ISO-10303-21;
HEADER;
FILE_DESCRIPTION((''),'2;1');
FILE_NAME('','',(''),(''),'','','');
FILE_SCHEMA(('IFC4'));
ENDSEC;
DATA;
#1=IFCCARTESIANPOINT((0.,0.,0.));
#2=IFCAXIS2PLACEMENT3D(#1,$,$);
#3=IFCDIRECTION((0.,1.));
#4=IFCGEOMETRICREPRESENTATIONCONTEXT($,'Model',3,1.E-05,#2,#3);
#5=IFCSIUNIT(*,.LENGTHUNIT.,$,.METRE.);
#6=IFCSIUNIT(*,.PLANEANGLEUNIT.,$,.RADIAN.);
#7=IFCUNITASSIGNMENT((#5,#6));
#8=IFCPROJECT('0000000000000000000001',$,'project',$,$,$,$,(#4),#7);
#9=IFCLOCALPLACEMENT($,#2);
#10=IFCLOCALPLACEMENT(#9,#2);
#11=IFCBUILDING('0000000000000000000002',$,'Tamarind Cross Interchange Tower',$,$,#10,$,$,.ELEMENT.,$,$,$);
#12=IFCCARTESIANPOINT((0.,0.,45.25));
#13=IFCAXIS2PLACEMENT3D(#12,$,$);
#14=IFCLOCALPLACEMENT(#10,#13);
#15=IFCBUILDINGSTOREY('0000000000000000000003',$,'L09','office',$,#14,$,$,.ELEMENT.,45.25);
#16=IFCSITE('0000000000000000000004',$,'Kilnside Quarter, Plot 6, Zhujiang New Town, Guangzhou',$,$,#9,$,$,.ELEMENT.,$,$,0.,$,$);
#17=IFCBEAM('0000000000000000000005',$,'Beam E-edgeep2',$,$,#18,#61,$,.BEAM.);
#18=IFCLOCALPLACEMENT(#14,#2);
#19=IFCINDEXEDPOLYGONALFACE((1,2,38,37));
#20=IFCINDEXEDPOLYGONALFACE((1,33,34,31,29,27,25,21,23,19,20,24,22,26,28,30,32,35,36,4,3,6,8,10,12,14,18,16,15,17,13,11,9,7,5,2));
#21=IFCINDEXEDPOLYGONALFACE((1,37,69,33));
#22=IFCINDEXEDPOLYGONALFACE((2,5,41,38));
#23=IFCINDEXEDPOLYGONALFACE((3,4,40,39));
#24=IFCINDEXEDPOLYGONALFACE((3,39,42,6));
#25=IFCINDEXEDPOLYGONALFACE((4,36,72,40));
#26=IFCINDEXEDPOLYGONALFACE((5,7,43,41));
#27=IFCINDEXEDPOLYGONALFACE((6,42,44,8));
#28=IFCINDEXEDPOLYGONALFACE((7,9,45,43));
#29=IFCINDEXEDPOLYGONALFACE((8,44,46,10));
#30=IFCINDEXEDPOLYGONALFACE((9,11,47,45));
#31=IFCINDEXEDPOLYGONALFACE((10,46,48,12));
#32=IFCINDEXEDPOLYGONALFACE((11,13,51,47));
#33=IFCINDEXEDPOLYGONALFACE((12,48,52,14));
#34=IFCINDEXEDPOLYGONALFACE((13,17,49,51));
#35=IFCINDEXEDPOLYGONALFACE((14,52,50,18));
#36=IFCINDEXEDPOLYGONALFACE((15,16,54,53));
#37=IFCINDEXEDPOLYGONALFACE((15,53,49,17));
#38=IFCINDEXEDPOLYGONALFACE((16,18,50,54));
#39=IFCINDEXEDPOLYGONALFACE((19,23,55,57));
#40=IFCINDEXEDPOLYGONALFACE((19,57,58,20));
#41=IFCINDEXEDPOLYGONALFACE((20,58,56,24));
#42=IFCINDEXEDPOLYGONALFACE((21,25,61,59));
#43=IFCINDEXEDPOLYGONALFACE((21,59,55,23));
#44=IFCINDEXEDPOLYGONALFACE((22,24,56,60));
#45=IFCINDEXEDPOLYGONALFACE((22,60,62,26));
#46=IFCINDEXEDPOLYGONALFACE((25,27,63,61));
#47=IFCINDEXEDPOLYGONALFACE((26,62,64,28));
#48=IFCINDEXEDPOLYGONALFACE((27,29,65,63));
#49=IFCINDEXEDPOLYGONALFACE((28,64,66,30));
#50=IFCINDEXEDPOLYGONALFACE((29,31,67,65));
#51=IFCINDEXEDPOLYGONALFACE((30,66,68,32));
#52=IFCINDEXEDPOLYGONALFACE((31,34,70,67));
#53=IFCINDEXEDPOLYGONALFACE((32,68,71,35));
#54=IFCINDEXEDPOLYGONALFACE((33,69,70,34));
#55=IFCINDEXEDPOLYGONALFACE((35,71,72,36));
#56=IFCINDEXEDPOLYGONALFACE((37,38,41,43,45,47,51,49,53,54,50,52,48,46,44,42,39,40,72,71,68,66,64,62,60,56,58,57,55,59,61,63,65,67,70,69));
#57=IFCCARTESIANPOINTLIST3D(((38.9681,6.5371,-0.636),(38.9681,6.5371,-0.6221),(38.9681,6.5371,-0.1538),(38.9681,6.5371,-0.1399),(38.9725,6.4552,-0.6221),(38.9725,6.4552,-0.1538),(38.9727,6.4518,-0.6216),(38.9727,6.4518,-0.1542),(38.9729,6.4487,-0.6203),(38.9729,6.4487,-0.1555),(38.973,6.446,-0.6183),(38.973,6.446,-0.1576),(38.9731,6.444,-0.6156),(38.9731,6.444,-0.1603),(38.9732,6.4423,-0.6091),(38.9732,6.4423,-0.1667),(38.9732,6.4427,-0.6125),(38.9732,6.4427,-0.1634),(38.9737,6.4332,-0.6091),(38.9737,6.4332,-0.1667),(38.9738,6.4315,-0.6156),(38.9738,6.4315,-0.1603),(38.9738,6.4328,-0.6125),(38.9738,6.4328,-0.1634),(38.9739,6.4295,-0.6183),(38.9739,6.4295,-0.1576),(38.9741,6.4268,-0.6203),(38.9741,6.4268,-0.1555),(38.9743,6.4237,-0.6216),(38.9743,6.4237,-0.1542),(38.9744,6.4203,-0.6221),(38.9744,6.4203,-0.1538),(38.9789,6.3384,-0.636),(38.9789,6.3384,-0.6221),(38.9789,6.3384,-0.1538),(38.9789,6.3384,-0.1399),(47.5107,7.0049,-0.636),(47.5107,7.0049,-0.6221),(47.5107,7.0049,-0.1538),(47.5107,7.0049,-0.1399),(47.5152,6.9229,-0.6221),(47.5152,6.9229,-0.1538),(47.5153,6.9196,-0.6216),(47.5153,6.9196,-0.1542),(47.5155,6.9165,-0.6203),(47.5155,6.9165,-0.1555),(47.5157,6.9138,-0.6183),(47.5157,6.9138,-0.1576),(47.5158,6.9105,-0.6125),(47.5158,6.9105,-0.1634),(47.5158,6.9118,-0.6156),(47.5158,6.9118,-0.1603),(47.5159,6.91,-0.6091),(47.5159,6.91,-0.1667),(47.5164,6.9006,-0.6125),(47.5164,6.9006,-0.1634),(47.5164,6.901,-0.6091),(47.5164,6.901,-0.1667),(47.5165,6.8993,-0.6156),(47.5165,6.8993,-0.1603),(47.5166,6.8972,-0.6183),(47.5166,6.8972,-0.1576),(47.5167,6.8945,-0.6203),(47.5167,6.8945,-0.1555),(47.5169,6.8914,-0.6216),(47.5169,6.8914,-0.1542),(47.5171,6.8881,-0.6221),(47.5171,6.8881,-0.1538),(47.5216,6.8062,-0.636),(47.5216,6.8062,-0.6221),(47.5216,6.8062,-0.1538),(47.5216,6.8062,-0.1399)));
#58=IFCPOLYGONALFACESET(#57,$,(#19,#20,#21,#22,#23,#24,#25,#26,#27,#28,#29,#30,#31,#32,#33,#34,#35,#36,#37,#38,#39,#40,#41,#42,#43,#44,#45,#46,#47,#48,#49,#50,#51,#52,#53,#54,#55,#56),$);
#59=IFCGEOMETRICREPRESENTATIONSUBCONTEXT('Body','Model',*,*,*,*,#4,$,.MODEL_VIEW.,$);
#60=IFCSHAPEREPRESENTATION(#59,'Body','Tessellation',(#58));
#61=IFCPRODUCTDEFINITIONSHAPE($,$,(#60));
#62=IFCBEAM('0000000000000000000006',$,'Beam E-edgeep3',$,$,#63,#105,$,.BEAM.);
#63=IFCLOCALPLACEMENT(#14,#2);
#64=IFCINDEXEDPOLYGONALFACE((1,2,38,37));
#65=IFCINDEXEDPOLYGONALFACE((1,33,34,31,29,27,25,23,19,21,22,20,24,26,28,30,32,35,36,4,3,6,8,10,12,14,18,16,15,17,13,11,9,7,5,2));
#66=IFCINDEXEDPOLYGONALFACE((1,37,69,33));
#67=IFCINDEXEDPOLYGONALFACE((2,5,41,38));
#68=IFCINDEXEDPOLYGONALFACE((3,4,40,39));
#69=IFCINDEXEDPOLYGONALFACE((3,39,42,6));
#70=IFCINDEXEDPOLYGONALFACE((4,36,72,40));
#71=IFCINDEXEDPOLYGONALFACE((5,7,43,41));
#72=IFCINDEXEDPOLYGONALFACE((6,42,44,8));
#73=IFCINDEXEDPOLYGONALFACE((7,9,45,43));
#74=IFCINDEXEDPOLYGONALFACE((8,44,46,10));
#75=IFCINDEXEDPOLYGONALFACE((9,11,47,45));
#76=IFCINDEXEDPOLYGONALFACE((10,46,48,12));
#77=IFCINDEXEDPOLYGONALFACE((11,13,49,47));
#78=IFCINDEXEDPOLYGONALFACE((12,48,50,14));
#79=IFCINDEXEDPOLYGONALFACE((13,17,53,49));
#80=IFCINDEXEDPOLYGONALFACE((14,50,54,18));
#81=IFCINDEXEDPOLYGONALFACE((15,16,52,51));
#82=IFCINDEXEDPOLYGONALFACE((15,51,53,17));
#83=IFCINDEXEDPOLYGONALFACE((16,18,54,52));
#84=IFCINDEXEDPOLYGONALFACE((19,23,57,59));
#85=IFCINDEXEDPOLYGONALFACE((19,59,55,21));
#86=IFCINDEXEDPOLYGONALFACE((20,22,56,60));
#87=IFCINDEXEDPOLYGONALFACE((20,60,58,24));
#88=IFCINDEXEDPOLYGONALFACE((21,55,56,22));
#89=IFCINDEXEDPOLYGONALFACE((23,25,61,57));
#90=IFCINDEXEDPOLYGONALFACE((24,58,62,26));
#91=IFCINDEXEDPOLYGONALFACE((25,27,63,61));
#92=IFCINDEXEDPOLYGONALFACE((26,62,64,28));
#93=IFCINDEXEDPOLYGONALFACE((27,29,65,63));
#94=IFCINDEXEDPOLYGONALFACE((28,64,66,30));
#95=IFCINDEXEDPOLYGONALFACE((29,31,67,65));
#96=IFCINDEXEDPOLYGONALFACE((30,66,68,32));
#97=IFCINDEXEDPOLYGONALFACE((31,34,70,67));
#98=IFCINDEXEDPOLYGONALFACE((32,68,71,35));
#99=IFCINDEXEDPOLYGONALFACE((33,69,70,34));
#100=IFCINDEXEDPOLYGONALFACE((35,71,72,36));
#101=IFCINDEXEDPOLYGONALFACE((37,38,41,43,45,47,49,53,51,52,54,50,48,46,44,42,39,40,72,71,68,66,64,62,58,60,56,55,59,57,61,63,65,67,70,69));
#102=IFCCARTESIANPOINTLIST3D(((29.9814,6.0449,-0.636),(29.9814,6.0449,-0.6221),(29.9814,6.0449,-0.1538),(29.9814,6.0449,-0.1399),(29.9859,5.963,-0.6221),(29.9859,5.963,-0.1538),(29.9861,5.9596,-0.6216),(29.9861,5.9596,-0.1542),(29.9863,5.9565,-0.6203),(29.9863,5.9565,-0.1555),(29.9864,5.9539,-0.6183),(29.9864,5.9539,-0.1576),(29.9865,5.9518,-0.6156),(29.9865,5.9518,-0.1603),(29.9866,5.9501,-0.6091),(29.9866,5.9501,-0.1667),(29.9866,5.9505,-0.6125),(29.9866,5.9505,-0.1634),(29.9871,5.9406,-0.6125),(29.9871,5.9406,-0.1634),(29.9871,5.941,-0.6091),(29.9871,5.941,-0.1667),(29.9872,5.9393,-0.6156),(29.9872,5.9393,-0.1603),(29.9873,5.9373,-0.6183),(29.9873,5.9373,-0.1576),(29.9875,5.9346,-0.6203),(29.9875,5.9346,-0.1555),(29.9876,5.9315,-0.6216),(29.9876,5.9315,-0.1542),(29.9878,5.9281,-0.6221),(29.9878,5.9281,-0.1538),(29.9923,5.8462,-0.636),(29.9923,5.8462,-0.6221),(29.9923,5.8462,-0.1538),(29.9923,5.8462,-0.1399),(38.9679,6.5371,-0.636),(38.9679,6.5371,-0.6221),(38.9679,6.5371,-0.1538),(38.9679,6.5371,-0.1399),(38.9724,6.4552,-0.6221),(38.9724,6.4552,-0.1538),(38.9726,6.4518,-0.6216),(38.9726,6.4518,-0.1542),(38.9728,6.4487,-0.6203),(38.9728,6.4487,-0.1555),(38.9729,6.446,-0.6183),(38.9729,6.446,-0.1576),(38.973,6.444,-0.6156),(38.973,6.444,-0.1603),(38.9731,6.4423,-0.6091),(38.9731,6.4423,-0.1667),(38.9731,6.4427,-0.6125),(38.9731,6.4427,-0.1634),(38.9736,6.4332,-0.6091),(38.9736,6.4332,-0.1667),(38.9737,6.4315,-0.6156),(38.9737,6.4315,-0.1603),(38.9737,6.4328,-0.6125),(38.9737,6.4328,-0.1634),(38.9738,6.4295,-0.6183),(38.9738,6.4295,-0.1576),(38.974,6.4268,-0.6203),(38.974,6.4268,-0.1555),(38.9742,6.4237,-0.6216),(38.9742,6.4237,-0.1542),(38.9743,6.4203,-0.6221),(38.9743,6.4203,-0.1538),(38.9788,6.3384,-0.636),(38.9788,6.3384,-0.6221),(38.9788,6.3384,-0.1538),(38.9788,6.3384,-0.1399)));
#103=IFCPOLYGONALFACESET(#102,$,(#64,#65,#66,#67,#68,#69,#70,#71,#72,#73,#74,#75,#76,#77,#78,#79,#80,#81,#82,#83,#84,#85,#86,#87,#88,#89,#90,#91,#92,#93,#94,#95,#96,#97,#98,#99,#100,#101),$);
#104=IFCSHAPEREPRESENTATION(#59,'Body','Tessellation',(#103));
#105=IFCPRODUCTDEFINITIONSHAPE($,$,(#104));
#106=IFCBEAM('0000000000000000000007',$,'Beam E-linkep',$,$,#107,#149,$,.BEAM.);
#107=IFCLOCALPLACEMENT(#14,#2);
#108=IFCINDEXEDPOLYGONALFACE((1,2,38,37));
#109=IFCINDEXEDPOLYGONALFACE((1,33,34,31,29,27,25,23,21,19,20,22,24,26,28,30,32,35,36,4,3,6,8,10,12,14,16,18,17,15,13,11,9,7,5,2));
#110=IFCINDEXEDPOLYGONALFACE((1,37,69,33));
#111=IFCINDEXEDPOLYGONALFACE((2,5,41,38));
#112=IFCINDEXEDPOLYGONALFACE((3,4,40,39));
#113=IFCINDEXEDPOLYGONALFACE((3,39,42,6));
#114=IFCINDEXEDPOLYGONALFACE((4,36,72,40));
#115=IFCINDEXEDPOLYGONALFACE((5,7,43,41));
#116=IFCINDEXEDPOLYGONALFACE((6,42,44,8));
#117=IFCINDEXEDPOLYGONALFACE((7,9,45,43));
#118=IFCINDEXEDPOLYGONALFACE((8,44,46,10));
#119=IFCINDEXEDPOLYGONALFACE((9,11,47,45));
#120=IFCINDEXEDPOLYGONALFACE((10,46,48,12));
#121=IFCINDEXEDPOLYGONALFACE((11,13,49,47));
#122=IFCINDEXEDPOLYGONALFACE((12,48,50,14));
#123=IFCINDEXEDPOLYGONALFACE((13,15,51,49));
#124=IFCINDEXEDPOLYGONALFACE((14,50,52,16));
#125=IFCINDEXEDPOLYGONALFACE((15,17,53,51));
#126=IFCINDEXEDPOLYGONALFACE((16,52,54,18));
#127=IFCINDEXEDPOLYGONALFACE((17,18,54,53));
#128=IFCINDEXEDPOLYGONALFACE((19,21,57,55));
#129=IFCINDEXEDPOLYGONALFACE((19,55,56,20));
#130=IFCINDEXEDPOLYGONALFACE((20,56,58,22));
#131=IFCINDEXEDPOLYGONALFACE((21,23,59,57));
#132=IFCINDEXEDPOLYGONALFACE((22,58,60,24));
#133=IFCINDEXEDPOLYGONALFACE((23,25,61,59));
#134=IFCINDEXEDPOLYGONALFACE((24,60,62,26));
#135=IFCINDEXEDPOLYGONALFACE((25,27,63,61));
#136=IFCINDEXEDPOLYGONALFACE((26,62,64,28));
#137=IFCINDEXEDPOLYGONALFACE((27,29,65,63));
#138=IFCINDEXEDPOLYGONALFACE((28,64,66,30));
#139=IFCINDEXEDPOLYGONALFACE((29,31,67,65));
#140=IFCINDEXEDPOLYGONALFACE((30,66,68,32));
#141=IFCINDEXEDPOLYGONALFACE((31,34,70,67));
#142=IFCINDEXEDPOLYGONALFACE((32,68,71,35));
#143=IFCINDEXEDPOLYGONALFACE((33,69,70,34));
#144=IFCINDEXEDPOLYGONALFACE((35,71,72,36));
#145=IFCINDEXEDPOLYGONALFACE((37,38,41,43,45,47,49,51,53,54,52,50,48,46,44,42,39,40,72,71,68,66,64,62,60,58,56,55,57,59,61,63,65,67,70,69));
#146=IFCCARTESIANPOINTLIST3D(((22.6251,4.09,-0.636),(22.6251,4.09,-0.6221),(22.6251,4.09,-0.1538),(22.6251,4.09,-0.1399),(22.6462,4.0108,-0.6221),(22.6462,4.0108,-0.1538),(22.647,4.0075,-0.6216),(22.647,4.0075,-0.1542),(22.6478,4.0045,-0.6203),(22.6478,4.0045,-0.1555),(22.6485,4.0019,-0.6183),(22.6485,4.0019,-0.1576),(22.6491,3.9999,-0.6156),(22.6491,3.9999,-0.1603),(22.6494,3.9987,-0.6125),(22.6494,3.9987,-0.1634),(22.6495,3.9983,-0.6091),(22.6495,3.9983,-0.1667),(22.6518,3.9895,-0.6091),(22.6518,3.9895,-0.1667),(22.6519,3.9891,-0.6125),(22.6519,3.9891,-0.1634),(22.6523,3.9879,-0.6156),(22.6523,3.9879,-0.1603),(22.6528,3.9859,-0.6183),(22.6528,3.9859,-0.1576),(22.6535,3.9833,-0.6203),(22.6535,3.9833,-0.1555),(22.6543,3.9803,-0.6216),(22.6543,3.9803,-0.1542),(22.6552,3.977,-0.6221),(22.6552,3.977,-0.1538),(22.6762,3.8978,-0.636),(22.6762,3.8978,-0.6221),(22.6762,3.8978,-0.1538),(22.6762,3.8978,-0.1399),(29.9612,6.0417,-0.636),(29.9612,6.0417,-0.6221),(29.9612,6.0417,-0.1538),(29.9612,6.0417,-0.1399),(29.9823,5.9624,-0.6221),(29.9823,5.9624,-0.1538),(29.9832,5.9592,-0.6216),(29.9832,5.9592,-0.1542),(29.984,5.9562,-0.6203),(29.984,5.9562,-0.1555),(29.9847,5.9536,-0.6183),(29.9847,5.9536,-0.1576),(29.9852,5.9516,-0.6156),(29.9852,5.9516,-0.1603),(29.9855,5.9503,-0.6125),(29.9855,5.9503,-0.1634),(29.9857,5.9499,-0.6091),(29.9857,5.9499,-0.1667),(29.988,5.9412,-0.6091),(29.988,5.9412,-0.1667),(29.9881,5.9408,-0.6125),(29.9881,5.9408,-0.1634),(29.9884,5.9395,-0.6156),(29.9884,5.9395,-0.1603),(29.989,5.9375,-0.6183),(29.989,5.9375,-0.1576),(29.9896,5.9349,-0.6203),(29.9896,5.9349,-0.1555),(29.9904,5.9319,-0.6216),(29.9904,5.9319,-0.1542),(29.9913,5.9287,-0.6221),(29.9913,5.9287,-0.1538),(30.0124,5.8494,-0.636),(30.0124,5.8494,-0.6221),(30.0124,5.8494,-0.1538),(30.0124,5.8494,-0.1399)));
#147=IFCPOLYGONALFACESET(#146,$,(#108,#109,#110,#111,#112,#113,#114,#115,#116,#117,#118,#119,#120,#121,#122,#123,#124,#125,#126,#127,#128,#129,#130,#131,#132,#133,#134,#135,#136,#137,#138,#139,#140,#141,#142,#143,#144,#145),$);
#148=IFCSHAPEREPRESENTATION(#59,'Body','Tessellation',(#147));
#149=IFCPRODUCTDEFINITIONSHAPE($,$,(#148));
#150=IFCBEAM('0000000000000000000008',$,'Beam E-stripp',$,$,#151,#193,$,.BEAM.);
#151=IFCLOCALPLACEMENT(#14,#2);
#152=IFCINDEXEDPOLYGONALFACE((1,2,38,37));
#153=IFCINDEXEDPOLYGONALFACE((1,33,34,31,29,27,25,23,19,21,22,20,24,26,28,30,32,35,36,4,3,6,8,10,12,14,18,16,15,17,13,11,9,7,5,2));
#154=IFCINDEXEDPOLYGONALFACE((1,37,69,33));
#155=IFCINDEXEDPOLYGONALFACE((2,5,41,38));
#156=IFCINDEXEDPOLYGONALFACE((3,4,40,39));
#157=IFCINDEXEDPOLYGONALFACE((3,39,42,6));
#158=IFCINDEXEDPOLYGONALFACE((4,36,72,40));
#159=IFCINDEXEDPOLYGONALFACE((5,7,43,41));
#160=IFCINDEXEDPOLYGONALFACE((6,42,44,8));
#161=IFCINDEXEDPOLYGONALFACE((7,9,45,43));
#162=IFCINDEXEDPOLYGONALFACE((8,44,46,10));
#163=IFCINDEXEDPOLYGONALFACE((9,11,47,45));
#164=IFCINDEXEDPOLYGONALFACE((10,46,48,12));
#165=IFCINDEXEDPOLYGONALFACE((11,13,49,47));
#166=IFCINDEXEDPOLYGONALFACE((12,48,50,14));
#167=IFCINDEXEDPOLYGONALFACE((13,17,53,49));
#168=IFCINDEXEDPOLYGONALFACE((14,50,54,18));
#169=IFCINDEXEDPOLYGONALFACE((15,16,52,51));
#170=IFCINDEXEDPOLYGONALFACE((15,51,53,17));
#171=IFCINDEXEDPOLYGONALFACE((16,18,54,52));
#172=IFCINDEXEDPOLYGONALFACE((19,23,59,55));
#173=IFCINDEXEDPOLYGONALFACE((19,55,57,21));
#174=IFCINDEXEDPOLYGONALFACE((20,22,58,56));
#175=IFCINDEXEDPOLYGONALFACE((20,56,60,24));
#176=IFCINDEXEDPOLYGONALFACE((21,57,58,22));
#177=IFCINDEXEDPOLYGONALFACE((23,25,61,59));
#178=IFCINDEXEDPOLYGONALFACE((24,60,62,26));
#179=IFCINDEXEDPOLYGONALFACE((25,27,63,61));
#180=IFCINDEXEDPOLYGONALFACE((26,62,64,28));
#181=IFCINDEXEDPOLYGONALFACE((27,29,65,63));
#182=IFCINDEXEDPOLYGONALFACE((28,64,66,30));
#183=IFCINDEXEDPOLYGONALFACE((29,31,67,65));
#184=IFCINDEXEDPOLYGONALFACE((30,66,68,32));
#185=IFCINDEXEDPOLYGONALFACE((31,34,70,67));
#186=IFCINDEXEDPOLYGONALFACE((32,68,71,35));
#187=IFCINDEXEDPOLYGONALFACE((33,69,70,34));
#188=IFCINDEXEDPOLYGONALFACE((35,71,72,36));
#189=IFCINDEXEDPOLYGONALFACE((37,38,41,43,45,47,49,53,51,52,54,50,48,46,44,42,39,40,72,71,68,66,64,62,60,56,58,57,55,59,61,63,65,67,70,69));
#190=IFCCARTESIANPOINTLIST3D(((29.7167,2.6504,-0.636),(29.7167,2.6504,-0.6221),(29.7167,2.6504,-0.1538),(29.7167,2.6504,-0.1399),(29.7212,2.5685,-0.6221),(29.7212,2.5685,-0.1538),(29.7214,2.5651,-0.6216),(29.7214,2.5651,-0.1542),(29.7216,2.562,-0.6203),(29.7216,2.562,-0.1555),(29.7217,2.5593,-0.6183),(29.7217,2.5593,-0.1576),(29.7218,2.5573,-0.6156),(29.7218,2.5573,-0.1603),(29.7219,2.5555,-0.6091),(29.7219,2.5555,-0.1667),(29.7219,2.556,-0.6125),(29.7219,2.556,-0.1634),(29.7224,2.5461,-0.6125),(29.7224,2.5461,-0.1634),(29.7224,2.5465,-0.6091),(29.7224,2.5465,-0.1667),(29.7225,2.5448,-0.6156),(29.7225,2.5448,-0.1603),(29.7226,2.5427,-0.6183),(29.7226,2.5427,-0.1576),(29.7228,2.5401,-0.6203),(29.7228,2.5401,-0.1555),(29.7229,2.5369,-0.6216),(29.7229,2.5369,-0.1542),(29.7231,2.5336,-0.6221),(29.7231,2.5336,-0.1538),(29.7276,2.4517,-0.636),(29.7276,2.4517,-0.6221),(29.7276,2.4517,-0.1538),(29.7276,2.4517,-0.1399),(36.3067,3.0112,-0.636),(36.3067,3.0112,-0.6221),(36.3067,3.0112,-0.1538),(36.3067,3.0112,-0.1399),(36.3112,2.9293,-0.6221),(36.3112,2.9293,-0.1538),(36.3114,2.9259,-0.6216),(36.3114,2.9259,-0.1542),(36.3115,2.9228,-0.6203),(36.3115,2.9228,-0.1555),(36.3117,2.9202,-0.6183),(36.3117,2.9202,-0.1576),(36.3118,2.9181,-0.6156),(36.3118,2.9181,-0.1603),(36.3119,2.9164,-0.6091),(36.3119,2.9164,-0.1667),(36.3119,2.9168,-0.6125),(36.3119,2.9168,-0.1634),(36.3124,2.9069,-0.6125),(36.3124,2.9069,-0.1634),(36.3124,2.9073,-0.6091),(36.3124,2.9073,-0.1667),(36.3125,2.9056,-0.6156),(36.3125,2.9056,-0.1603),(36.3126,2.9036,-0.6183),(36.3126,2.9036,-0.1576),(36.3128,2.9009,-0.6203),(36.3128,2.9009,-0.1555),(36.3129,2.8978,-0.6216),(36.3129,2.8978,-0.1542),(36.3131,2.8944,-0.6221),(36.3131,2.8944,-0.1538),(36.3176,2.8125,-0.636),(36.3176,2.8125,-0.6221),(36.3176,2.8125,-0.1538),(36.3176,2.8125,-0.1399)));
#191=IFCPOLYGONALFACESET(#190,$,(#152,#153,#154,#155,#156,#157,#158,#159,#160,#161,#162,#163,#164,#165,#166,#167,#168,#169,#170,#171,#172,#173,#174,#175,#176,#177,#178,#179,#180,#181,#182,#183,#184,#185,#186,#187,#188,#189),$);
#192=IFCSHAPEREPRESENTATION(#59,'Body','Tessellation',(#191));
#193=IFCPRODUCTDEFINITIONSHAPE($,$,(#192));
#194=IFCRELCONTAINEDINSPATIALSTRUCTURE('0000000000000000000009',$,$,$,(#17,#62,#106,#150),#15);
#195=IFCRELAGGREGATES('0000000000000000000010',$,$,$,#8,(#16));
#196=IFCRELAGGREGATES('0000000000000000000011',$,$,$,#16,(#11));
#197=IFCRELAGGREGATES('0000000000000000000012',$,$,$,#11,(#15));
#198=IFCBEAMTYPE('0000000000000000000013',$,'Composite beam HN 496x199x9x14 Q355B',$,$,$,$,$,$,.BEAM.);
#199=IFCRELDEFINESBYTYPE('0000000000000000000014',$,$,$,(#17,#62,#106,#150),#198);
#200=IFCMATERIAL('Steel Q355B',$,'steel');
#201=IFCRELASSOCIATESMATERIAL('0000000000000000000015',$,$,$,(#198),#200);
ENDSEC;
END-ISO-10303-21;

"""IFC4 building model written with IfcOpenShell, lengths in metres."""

from ifc_helpers import new_model, si_unit, direction, frame, origin, origin_2d, place, context, subcontext, project, spatial, i_section, extrude, material, material_profile, profile_set, type_object, element, save


model = new_model("IFC4")

# Units and contexts
model_context = context("Model", 3, precision=1e-05, world=origin(), true_north=direction((0.0, 1.0)))
body_context = subcontext(model_context, "Body", "Model", "MODEL_VIEW")
ifc_project = project(units=[si_unit("LENGTHUNIT", "METRE"), si_unit("PLANEANGLEUNIT", "RADIAN")], contexts=[model_context])

# Site, building, storey
site_placement = place(None, origin())
site = spatial("IfcSite", under=ifc_project, at=site_placement, Name="Kilnside Quarter, Plot 6, Zhujiang New Town, Guangzhou", CompositionType="ELEMENT", RefElevation=0.0)
building_placement = place(site_placement, origin())
building = spatial("IfcBuilding", under=site, at=building_placement, Name="Tamarind Cross Interchange Tower", CompositionType="ELEMENT")
storey_placement = place(building_placement, frame((0.0, 0.0, 45.25)))
storey = spatial("IfcBuildingStorey", under=building, at=storey_placement, Name="L09", Description="office", CompositionType="ELEMENT", Elevation=45.25)

# Beams
ifc_material_1 = material(Name="Steel Q355B", Category="steel")
ifc_material_profile_1 = material_profile(ifc_material_1, i_section(OverallWidth=0.199, OverallDepth=0.4961, WebThickness=0.009, FlangeThickness=0.0139, FilletRadius=0.0129, at=origin_2d()), Name="HN 496x199x9x14")
ifc_profile_set_1 = profile_set([ifc_material_profile_1], Name="Steel Q355B")
beam_type_1 = type_object("IfcBeamType", Name="Composite beam HN 496x199x9x14 Q355B", PredefinedType="BEAM", material=ifc_profile_set_1)
beam_1_placement = place(storey_placement, frame((47.5161, 6.9055, -0.3879), z_axis=(-0.998504, -0.054675, 0.0), x_axis=(0.054675, -0.998504, 0.0)))
element("IfcBeam", 1, at=beam_1_placement, inside=storey, type_object=beam_type_1, Name="Beam E-edgeep2", PredefinedType="BEAM", context=body_context, shape_type="SweptSolid", body=[
    extrude(i_section(OverallWidth=0.199, OverallDepth=0.4961, WebThickness=0.009, FlangeThickness=0.0139, FilletRadius=0.0129, at=origin_2d()), origin(), (0.0, 0.0, 1.0), 8.5554),
])
beam_2_placement = place(storey_placement, frame((38.9734, 6.4377, -0.3879), z_axis=(-0.998504, -0.054687, 0.0), x_axis=(0.054687, -0.998504, 0.0)))
element("IfcBeam", 2, at=beam_2_placement, inside=storey, type_object=beam_type_1, Name="Beam E-edgeep3", PredefinedType="BEAM", context=body_context, shape_type="SweptSolid", body=[
    extrude(i_section(OverallWidth=0.199, OverallDepth=0.4961, WebThickness=0.009, FlangeThickness=0.0139, FilletRadius=0.0129, at=origin_2d()), origin(), (0.0, 0.0, 1.0), 9.0),
])
beam_3_placement = place(storey_placement, frame((29.9868, 5.9456, -0.3879), z_axis=(-0.966387, -0.25709, 0.0), x_axis=(0.25709, -0.966387, 0.0)))
element("IfcBeam", 3, at=beam_3_placement, inside=storey, type_object=beam_type_1, Name="Beam E-linkep", PredefinedType="BEAM", context=body_context, shape_type="SweptSolid", body=[
    extrude(i_section(OverallWidth=0.199, OverallDepth=0.4961, WebThickness=0.009, FlangeThickness=0.0139, FilletRadius=0.0129, at=origin_2d()), origin(), (0.0, 0.0, 1.0), 7.5913),
])
beam_4_placement = place(storey_placement, frame((29.7222, 2.551, -0.3879), z_axis=(0.998504, 0.054673, 0.0), x_axis=(-0.054673, 0.998504, 0.0)))
element("IfcBeam", 4, at=beam_4_placement, inside=storey, type_object=beam_type_1, Name="Beam E-stripp", PredefinedType="BEAM", context=body_context, shape_type="SweptSolid", body=[
    extrude(i_section(OverallWidth=0.199, OverallDepth=0.4961, WebThickness=0.009, FlangeThickness=0.0139, FilletRadius=0.0129, at=origin_2d()), origin(), (0.0, 0.0, 1.0), 6.5999),
])

save(model, "model.ifc")
